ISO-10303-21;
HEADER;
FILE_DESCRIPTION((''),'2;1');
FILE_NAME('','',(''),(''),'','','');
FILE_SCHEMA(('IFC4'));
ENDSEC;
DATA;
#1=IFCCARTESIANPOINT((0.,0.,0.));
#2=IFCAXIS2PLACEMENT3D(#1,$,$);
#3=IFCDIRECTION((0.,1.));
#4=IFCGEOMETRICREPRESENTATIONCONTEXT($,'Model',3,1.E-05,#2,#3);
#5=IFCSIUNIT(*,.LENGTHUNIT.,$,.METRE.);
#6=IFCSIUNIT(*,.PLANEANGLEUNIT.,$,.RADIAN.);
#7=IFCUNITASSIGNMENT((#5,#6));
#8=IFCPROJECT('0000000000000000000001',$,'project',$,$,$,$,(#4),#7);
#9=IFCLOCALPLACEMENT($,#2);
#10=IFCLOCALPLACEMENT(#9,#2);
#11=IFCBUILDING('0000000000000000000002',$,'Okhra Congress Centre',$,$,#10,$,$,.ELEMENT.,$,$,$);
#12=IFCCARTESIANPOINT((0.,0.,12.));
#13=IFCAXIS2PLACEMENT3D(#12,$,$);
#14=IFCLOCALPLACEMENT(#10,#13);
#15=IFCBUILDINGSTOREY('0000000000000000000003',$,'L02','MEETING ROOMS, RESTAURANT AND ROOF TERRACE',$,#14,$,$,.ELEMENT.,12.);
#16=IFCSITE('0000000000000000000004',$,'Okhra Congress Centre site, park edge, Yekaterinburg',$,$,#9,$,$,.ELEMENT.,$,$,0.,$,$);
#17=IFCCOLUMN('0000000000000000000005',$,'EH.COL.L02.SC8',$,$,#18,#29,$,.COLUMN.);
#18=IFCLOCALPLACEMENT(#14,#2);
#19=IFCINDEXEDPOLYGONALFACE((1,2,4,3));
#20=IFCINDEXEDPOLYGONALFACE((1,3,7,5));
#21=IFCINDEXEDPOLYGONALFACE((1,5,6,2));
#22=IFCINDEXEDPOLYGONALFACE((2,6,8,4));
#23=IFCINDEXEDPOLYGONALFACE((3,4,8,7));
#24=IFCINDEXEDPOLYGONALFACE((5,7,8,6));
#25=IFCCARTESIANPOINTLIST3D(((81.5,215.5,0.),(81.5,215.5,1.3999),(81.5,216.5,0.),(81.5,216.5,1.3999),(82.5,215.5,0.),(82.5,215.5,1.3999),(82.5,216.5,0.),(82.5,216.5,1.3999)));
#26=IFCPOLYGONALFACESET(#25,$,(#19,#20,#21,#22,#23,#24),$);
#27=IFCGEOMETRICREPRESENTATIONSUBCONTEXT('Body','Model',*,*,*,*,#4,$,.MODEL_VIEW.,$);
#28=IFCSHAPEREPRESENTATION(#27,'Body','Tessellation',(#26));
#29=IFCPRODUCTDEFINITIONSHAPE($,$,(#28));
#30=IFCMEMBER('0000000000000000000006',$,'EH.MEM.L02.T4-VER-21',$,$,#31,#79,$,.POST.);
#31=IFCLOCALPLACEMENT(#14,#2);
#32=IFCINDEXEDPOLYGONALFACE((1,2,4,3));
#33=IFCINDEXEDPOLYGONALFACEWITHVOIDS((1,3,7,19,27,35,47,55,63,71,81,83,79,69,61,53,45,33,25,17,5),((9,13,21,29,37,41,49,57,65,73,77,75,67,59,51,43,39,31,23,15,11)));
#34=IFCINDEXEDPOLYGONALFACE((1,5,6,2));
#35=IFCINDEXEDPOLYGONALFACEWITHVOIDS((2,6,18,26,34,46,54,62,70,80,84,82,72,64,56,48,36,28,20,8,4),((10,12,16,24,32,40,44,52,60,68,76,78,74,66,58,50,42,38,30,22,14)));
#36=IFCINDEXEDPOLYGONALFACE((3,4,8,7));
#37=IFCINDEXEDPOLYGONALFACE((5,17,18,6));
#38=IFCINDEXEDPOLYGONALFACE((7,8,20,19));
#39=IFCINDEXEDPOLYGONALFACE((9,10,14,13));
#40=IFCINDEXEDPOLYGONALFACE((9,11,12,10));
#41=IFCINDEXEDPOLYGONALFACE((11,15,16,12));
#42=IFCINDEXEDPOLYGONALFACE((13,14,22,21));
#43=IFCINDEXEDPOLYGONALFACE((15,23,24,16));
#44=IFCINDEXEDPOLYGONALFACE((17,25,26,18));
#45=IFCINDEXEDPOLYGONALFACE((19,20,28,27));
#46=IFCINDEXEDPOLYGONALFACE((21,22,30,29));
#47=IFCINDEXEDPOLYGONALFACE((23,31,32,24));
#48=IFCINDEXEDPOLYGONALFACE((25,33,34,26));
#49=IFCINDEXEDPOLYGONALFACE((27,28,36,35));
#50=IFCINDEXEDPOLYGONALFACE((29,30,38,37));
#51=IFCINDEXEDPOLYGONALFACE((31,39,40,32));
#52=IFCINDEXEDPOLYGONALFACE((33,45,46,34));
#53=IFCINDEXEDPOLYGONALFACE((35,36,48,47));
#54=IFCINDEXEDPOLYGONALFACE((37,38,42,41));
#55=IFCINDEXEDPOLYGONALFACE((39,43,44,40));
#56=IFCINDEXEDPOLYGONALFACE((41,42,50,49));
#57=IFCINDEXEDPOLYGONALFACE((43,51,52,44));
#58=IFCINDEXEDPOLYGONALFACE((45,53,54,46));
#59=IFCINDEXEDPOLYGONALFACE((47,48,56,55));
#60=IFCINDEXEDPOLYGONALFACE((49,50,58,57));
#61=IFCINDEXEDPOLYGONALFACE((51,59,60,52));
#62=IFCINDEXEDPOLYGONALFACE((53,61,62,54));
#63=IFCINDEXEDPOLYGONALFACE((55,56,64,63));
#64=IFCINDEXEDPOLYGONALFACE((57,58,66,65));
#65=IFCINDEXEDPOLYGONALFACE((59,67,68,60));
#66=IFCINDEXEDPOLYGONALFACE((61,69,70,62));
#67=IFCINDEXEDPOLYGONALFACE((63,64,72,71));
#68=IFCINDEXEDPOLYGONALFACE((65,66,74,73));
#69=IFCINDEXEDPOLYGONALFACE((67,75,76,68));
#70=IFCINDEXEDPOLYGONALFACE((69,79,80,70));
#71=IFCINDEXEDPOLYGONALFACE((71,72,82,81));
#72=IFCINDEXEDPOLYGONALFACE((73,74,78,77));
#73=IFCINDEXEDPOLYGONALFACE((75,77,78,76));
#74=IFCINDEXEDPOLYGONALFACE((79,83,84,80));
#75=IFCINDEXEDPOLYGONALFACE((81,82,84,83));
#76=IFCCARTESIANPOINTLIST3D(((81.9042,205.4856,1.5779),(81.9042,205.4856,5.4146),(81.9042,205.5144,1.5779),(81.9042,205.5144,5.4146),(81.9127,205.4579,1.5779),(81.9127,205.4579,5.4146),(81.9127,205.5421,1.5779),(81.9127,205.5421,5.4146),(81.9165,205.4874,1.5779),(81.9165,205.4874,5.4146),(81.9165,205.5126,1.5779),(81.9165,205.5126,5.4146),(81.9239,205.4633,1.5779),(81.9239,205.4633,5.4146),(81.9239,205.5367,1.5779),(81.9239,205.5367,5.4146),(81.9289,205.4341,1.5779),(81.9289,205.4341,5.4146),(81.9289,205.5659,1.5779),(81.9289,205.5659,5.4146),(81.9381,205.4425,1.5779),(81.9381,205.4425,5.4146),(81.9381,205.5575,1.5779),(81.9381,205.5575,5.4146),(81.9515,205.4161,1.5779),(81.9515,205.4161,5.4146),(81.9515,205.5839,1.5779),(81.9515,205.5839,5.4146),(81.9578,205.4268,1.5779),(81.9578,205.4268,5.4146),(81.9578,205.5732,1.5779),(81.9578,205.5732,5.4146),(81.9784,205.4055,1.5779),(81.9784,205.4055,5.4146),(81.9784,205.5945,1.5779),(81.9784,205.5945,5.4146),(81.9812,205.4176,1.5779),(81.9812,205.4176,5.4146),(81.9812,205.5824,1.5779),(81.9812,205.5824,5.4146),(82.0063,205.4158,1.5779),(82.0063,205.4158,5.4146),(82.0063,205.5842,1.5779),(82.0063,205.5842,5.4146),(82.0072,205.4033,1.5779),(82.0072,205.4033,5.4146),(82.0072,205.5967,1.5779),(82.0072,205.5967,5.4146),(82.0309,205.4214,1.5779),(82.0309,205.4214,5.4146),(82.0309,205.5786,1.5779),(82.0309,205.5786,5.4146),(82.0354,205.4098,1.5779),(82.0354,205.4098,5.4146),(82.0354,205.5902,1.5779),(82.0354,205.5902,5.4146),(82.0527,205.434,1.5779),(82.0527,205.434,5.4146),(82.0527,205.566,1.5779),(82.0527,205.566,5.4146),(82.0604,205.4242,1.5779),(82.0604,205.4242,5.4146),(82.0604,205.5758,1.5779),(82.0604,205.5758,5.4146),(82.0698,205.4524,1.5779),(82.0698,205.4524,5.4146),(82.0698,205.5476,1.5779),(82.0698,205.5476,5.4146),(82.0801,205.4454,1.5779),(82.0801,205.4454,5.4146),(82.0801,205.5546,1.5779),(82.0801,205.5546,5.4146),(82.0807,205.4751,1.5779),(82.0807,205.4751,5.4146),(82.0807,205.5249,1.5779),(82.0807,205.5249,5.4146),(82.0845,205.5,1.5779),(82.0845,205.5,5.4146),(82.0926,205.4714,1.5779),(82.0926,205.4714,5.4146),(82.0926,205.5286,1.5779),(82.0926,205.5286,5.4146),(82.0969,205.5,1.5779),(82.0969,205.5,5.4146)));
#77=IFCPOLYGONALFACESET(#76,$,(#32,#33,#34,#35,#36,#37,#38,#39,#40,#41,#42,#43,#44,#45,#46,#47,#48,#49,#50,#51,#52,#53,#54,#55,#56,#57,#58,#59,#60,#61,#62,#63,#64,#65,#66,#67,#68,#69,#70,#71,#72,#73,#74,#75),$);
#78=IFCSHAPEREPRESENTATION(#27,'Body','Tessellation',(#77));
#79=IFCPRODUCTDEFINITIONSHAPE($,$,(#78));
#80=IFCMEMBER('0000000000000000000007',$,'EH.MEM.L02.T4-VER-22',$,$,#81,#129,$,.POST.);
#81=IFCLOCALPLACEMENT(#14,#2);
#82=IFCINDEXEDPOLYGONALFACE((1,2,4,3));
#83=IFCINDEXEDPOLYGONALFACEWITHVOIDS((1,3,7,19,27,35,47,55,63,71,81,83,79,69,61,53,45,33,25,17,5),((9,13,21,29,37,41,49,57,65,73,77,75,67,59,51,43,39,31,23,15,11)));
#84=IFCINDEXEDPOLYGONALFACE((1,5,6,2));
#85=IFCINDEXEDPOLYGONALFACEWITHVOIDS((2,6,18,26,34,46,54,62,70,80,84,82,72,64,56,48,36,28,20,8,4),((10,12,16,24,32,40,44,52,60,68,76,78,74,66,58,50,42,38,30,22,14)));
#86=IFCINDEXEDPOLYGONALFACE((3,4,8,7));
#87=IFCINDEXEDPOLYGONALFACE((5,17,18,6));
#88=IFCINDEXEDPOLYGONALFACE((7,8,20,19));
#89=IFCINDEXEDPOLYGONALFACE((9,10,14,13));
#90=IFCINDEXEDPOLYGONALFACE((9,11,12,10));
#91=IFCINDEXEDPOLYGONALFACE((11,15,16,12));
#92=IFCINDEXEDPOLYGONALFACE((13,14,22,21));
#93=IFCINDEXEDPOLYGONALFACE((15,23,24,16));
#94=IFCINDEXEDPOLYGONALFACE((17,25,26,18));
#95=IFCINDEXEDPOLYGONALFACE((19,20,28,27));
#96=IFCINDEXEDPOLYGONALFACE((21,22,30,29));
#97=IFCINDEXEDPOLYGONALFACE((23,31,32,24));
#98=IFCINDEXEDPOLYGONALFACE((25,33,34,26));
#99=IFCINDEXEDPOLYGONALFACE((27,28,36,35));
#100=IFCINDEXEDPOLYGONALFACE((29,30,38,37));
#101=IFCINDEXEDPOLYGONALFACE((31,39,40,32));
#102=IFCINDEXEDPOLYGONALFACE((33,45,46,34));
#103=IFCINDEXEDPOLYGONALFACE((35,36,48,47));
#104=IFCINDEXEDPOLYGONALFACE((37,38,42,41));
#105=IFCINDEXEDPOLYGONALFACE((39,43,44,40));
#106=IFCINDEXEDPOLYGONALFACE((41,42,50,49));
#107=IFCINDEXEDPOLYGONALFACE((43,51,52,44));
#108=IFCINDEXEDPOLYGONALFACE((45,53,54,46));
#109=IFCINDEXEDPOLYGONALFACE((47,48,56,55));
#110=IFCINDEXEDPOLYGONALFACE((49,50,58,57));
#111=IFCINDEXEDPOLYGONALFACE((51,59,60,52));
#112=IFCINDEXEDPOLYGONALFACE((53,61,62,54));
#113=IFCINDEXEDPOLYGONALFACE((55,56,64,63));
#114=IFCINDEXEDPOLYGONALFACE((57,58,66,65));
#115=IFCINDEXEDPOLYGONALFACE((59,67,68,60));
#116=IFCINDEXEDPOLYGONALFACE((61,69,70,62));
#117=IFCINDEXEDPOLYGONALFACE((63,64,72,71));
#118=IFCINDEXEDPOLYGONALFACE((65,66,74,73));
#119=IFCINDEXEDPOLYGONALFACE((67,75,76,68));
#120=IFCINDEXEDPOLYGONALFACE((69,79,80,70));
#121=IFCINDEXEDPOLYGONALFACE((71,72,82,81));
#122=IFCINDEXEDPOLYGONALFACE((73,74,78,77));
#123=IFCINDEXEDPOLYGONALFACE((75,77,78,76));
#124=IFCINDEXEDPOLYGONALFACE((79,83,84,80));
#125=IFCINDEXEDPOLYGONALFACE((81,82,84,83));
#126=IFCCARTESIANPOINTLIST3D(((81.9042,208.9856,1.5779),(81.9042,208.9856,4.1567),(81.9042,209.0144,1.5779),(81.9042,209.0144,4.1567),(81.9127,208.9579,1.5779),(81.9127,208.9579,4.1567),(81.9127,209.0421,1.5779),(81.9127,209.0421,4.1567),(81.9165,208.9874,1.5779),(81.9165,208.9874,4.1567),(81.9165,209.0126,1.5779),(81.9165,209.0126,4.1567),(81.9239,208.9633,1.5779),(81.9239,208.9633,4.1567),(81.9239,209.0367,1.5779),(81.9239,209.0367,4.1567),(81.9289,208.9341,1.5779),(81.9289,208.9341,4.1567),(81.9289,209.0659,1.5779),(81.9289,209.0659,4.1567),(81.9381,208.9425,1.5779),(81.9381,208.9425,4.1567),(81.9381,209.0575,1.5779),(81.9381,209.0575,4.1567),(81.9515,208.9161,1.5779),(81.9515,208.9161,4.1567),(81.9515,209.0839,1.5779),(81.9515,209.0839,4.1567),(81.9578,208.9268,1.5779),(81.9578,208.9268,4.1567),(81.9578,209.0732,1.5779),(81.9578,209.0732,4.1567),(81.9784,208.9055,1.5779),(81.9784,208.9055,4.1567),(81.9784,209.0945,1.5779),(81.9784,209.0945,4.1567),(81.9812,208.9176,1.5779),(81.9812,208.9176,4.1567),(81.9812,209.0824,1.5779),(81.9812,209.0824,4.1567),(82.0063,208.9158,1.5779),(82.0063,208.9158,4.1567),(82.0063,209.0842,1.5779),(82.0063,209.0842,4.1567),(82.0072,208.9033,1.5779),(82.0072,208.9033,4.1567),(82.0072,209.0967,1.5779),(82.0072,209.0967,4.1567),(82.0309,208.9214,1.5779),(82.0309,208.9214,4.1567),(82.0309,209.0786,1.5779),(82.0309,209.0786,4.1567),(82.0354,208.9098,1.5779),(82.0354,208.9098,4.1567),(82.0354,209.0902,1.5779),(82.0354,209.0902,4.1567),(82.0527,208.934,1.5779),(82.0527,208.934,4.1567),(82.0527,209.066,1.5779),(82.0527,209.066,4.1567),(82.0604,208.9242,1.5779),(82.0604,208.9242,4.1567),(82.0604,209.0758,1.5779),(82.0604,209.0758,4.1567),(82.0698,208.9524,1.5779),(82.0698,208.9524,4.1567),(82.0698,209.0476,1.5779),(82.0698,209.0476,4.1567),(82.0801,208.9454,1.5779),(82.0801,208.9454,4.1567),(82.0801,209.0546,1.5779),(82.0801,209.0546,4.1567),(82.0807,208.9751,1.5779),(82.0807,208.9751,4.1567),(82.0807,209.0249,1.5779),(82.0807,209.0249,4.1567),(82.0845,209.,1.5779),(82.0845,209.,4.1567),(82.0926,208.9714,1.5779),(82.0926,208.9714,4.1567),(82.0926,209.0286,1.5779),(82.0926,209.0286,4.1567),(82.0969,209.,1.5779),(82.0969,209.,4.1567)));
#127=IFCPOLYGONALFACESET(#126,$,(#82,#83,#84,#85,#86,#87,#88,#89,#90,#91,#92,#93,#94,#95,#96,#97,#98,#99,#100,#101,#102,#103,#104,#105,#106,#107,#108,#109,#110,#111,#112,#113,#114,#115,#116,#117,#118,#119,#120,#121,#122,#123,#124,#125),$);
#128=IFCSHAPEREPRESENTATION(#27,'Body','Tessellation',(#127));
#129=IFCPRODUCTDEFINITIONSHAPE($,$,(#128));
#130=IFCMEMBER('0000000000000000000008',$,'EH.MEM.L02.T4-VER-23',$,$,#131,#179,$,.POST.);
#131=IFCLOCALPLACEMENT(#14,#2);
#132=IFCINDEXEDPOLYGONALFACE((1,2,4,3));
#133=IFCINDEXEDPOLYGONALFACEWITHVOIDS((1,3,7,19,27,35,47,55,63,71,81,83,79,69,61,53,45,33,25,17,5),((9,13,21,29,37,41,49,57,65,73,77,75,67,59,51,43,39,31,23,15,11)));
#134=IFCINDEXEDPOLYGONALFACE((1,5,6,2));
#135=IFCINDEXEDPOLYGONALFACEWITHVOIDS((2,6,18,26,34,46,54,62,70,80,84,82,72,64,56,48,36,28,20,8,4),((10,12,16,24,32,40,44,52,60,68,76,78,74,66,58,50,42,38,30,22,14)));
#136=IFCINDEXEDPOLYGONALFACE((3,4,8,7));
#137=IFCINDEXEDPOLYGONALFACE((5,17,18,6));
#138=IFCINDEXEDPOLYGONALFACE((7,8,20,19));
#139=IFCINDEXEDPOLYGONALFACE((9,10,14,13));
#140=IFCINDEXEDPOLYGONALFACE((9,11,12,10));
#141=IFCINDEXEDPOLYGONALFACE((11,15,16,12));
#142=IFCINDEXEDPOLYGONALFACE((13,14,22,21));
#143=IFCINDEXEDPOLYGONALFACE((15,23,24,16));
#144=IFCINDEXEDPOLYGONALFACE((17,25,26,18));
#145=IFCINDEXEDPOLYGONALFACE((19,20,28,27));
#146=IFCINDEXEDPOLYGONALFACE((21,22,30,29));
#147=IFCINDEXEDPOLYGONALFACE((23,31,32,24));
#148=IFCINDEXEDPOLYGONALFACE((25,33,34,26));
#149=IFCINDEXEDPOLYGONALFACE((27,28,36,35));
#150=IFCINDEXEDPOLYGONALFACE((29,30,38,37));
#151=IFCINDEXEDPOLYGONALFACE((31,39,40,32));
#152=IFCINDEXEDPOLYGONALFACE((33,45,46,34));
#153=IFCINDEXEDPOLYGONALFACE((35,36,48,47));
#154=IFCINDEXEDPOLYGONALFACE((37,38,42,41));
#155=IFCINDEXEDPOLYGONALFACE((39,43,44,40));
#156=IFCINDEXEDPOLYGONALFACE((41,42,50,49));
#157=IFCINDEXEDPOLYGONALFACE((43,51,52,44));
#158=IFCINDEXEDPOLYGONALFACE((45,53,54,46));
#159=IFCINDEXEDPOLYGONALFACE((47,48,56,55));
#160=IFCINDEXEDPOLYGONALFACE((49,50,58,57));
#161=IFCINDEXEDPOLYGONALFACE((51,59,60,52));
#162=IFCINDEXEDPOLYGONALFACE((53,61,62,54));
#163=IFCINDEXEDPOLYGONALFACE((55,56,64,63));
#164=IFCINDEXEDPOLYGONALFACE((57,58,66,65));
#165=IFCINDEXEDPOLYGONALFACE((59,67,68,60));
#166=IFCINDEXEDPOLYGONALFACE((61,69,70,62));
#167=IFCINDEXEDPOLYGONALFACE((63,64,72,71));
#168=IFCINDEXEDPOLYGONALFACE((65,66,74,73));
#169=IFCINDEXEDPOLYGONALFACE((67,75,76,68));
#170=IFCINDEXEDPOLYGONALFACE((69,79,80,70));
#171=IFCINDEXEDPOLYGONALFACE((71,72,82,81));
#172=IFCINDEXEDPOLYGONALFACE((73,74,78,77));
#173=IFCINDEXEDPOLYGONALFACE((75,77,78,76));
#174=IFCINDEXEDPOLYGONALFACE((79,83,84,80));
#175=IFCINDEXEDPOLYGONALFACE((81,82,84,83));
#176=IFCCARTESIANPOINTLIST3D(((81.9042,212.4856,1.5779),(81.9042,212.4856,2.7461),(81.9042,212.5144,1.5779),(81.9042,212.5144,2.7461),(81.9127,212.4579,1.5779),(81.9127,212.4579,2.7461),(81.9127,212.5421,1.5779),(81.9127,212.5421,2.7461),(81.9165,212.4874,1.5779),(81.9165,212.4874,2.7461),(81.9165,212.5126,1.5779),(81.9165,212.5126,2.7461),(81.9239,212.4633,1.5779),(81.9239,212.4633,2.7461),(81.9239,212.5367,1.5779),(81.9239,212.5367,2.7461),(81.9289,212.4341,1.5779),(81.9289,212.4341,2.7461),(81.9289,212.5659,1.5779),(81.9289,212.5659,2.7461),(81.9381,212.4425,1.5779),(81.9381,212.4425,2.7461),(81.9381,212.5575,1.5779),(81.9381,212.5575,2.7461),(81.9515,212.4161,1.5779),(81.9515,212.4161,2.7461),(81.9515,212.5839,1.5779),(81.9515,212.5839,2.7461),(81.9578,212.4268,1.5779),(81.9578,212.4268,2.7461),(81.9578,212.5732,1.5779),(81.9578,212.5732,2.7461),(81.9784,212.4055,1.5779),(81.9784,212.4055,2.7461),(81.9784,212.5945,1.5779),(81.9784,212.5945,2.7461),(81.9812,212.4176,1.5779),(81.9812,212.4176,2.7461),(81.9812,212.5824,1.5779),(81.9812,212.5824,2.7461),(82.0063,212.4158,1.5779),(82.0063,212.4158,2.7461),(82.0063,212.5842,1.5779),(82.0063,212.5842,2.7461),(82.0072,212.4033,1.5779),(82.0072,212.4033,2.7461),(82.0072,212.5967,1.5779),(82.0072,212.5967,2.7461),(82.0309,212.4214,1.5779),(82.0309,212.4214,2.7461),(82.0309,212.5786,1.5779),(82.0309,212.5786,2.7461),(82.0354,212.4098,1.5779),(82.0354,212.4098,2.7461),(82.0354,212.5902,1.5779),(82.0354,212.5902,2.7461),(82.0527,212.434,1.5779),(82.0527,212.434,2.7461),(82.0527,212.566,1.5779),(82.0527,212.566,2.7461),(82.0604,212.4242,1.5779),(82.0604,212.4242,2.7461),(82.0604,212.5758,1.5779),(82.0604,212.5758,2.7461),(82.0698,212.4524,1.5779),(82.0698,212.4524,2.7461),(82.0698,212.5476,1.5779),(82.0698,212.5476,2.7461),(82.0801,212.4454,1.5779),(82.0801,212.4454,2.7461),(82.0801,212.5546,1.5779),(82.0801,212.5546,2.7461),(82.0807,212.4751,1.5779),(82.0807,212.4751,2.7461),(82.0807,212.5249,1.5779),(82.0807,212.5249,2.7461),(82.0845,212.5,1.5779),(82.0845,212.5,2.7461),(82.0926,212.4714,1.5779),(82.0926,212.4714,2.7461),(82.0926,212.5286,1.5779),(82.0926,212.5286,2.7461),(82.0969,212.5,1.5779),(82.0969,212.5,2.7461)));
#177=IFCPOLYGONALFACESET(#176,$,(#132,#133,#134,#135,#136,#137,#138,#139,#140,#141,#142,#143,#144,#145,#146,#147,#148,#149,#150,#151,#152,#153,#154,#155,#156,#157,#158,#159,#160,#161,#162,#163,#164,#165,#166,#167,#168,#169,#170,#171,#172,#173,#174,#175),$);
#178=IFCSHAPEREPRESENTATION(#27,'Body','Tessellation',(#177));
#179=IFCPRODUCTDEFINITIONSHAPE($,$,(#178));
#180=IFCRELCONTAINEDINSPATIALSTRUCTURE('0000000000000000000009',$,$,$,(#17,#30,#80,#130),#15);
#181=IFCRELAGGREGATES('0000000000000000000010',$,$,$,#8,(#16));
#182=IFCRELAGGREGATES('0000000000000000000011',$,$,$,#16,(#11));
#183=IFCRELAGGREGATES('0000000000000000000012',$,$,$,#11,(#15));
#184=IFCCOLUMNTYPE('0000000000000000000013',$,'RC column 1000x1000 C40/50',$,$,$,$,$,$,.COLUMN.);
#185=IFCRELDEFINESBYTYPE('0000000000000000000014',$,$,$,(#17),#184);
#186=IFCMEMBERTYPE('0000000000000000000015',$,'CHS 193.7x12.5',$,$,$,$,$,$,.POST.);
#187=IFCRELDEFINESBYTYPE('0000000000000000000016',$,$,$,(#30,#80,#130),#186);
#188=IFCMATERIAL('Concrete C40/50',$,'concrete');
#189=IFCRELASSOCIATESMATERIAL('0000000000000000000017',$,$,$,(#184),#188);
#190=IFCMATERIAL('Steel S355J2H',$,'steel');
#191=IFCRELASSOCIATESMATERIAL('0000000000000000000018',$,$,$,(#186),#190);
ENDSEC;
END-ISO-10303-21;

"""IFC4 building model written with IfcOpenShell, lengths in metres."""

from ifc_helpers import new_model, si_unit, direction, frame, origin, origin_2d, place, context, subcontext, project, spatial, rectangle, hollow_circle, extrude, material, material_profile, profile_set, type_object, element, save


model = new_model("IFC4")

# Units and contexts
model_context = context("Model", 3, precision=1e-05, world=origin(), true_north=direction((0.0, 1.0)))
body_context = subcontext(model_context, "Body", "Model", "MODEL_VIEW")
ifc_project = project(units=[si_unit("LENGTHUNIT", "METRE"), si_unit("PLANEANGLEUNIT", "RADIAN")], contexts=[model_context])

# Site, building, storey
site_placement = place(None, origin())
site = spatial("IfcSite", under=ifc_project, at=site_placement, Name="Okhra Congress Centre site, park edge, Yekaterinburg", CompositionType="ELEMENT", RefElevation=0.0)
building_placement = place(site_placement, origin())
building = spatial("IfcBuilding", under=site, at=building_placement, Name="Okhra Congress Centre", CompositionType="ELEMENT")
storey_placement = place(building_placement, frame((0.0, 0.0, 12.0)))
storey = spatial("IfcBuildingStorey", under=building, at=storey_placement, Name="L02", Description="MEETING ROOMS, RESTAURANT AND ROOF TERRACE", CompositionType="ELEMENT", Elevation=12.0)

# Column
ifc_material_1 = material(Name="Concrete C40/50", Category="concrete")
ifc_material_profile_1 = material_profile(ifc_material_1, rectangle(XDim=1.0, YDim=1.0, at=origin_2d()), Name="RC 1000x1000")
ifc_profile_set_1 = profile_set([ifc_material_profile_1], Name="Concrete C40/50")
column_type = type_object("IfcColumnType", Name="RC column 1000x1000 C40/50", PredefinedType="COLUMN", material=ifc_profile_set_1)
column_placement = place(storey_placement, frame((82.0, 216.0, 0.0), z_axis=(0.0, 0.0, 1.0), x_axis=(1.0, 0.0, 0.0)))
element("IfcColumn", 1, at=column_placement, inside=storey, type_object=column_type, Name="EH.COL.L02.SC8", PredefinedType="COLUMN", context=body_context, shape_type="SweptSolid", body=[
    extrude(rectangle(XDim=1.0, YDim=1.0, at=origin_2d()), origin(), (0.0, 0.0, 1.0), 1.3999),
])

# Members
ifc_material_2 = material(Name="Steel S355J2H", Category="steel")
ifc_material_profile_2 = material_profile(ifc_material_2, hollow_circle(Radius=0.0969, WallThickness=0.0125, at=origin_2d()), Name="CHS 193.7x12.5")
ifc_profile_set_2 = profile_set([ifc_material_profile_2], Name="Steel S355J2H")
member_type_1 = type_object("IfcMemberType", Name="CHS 193.7x12.5", PredefinedType="POST", material=ifc_profile_set_2)
member_1_placement = place(storey_placement, frame((82.0, 205.5, 1.5779), z_axis=(0.0, 0.0, 1.0), x_axis=(1.0, 0.0, 0.0)))
element("IfcMember", 2, at=member_1_placement, inside=storey, type_object=member_type_1, Name="EH.MEM.L02.T4-VER-21", PredefinedType="POST", context=body_context, shape_type="SweptSolid", body=[
    extrude(hollow_circle(Radius=0.0969, WallThickness=0.0125, at=origin_2d()), origin(), (0.0, 0.0, 1.0), 3.8367),
])
member_2_placement = place(storey_placement, frame((82.0, 209.0, 1.5779), z_axis=(0.0, 0.0, 1.0), x_axis=(1.0, 0.0, 0.0)))
element("IfcMember", 3, at=member_2_placement, inside=storey, type_object=member_type_1, Name="EH.MEM.L02.T4-VER-22", PredefinedType="POST", context=body_context, shape_type="SweptSolid", body=[
    extrude(hollow_circle(Radius=0.0969, WallThickness=0.0125, at=origin_2d()), origin(), (0.0, 0.0, 1.0), 2.5789),
])
member_3_placement = place(storey_placement, frame((82.0, 212.5, 1.5779), z_axis=(0.0, 0.0, 1.0), x_axis=(1.0, 0.0, 0.0)))
element("IfcMember", 4, at=member_3_placement, inside=storey, type_object=member_type_1, Name="EH.MEM.L02.T4-VER-23", PredefinedType="POST", context=body_context, shape_type="SweptSolid", body=[
    extrude(hollow_circle(Radius=0.0969, WallThickness=0.0125, at=origin_2d()), origin(), (0.0, 0.0, 1.0), 1.1682),
])

save(model, "model.ifc")
